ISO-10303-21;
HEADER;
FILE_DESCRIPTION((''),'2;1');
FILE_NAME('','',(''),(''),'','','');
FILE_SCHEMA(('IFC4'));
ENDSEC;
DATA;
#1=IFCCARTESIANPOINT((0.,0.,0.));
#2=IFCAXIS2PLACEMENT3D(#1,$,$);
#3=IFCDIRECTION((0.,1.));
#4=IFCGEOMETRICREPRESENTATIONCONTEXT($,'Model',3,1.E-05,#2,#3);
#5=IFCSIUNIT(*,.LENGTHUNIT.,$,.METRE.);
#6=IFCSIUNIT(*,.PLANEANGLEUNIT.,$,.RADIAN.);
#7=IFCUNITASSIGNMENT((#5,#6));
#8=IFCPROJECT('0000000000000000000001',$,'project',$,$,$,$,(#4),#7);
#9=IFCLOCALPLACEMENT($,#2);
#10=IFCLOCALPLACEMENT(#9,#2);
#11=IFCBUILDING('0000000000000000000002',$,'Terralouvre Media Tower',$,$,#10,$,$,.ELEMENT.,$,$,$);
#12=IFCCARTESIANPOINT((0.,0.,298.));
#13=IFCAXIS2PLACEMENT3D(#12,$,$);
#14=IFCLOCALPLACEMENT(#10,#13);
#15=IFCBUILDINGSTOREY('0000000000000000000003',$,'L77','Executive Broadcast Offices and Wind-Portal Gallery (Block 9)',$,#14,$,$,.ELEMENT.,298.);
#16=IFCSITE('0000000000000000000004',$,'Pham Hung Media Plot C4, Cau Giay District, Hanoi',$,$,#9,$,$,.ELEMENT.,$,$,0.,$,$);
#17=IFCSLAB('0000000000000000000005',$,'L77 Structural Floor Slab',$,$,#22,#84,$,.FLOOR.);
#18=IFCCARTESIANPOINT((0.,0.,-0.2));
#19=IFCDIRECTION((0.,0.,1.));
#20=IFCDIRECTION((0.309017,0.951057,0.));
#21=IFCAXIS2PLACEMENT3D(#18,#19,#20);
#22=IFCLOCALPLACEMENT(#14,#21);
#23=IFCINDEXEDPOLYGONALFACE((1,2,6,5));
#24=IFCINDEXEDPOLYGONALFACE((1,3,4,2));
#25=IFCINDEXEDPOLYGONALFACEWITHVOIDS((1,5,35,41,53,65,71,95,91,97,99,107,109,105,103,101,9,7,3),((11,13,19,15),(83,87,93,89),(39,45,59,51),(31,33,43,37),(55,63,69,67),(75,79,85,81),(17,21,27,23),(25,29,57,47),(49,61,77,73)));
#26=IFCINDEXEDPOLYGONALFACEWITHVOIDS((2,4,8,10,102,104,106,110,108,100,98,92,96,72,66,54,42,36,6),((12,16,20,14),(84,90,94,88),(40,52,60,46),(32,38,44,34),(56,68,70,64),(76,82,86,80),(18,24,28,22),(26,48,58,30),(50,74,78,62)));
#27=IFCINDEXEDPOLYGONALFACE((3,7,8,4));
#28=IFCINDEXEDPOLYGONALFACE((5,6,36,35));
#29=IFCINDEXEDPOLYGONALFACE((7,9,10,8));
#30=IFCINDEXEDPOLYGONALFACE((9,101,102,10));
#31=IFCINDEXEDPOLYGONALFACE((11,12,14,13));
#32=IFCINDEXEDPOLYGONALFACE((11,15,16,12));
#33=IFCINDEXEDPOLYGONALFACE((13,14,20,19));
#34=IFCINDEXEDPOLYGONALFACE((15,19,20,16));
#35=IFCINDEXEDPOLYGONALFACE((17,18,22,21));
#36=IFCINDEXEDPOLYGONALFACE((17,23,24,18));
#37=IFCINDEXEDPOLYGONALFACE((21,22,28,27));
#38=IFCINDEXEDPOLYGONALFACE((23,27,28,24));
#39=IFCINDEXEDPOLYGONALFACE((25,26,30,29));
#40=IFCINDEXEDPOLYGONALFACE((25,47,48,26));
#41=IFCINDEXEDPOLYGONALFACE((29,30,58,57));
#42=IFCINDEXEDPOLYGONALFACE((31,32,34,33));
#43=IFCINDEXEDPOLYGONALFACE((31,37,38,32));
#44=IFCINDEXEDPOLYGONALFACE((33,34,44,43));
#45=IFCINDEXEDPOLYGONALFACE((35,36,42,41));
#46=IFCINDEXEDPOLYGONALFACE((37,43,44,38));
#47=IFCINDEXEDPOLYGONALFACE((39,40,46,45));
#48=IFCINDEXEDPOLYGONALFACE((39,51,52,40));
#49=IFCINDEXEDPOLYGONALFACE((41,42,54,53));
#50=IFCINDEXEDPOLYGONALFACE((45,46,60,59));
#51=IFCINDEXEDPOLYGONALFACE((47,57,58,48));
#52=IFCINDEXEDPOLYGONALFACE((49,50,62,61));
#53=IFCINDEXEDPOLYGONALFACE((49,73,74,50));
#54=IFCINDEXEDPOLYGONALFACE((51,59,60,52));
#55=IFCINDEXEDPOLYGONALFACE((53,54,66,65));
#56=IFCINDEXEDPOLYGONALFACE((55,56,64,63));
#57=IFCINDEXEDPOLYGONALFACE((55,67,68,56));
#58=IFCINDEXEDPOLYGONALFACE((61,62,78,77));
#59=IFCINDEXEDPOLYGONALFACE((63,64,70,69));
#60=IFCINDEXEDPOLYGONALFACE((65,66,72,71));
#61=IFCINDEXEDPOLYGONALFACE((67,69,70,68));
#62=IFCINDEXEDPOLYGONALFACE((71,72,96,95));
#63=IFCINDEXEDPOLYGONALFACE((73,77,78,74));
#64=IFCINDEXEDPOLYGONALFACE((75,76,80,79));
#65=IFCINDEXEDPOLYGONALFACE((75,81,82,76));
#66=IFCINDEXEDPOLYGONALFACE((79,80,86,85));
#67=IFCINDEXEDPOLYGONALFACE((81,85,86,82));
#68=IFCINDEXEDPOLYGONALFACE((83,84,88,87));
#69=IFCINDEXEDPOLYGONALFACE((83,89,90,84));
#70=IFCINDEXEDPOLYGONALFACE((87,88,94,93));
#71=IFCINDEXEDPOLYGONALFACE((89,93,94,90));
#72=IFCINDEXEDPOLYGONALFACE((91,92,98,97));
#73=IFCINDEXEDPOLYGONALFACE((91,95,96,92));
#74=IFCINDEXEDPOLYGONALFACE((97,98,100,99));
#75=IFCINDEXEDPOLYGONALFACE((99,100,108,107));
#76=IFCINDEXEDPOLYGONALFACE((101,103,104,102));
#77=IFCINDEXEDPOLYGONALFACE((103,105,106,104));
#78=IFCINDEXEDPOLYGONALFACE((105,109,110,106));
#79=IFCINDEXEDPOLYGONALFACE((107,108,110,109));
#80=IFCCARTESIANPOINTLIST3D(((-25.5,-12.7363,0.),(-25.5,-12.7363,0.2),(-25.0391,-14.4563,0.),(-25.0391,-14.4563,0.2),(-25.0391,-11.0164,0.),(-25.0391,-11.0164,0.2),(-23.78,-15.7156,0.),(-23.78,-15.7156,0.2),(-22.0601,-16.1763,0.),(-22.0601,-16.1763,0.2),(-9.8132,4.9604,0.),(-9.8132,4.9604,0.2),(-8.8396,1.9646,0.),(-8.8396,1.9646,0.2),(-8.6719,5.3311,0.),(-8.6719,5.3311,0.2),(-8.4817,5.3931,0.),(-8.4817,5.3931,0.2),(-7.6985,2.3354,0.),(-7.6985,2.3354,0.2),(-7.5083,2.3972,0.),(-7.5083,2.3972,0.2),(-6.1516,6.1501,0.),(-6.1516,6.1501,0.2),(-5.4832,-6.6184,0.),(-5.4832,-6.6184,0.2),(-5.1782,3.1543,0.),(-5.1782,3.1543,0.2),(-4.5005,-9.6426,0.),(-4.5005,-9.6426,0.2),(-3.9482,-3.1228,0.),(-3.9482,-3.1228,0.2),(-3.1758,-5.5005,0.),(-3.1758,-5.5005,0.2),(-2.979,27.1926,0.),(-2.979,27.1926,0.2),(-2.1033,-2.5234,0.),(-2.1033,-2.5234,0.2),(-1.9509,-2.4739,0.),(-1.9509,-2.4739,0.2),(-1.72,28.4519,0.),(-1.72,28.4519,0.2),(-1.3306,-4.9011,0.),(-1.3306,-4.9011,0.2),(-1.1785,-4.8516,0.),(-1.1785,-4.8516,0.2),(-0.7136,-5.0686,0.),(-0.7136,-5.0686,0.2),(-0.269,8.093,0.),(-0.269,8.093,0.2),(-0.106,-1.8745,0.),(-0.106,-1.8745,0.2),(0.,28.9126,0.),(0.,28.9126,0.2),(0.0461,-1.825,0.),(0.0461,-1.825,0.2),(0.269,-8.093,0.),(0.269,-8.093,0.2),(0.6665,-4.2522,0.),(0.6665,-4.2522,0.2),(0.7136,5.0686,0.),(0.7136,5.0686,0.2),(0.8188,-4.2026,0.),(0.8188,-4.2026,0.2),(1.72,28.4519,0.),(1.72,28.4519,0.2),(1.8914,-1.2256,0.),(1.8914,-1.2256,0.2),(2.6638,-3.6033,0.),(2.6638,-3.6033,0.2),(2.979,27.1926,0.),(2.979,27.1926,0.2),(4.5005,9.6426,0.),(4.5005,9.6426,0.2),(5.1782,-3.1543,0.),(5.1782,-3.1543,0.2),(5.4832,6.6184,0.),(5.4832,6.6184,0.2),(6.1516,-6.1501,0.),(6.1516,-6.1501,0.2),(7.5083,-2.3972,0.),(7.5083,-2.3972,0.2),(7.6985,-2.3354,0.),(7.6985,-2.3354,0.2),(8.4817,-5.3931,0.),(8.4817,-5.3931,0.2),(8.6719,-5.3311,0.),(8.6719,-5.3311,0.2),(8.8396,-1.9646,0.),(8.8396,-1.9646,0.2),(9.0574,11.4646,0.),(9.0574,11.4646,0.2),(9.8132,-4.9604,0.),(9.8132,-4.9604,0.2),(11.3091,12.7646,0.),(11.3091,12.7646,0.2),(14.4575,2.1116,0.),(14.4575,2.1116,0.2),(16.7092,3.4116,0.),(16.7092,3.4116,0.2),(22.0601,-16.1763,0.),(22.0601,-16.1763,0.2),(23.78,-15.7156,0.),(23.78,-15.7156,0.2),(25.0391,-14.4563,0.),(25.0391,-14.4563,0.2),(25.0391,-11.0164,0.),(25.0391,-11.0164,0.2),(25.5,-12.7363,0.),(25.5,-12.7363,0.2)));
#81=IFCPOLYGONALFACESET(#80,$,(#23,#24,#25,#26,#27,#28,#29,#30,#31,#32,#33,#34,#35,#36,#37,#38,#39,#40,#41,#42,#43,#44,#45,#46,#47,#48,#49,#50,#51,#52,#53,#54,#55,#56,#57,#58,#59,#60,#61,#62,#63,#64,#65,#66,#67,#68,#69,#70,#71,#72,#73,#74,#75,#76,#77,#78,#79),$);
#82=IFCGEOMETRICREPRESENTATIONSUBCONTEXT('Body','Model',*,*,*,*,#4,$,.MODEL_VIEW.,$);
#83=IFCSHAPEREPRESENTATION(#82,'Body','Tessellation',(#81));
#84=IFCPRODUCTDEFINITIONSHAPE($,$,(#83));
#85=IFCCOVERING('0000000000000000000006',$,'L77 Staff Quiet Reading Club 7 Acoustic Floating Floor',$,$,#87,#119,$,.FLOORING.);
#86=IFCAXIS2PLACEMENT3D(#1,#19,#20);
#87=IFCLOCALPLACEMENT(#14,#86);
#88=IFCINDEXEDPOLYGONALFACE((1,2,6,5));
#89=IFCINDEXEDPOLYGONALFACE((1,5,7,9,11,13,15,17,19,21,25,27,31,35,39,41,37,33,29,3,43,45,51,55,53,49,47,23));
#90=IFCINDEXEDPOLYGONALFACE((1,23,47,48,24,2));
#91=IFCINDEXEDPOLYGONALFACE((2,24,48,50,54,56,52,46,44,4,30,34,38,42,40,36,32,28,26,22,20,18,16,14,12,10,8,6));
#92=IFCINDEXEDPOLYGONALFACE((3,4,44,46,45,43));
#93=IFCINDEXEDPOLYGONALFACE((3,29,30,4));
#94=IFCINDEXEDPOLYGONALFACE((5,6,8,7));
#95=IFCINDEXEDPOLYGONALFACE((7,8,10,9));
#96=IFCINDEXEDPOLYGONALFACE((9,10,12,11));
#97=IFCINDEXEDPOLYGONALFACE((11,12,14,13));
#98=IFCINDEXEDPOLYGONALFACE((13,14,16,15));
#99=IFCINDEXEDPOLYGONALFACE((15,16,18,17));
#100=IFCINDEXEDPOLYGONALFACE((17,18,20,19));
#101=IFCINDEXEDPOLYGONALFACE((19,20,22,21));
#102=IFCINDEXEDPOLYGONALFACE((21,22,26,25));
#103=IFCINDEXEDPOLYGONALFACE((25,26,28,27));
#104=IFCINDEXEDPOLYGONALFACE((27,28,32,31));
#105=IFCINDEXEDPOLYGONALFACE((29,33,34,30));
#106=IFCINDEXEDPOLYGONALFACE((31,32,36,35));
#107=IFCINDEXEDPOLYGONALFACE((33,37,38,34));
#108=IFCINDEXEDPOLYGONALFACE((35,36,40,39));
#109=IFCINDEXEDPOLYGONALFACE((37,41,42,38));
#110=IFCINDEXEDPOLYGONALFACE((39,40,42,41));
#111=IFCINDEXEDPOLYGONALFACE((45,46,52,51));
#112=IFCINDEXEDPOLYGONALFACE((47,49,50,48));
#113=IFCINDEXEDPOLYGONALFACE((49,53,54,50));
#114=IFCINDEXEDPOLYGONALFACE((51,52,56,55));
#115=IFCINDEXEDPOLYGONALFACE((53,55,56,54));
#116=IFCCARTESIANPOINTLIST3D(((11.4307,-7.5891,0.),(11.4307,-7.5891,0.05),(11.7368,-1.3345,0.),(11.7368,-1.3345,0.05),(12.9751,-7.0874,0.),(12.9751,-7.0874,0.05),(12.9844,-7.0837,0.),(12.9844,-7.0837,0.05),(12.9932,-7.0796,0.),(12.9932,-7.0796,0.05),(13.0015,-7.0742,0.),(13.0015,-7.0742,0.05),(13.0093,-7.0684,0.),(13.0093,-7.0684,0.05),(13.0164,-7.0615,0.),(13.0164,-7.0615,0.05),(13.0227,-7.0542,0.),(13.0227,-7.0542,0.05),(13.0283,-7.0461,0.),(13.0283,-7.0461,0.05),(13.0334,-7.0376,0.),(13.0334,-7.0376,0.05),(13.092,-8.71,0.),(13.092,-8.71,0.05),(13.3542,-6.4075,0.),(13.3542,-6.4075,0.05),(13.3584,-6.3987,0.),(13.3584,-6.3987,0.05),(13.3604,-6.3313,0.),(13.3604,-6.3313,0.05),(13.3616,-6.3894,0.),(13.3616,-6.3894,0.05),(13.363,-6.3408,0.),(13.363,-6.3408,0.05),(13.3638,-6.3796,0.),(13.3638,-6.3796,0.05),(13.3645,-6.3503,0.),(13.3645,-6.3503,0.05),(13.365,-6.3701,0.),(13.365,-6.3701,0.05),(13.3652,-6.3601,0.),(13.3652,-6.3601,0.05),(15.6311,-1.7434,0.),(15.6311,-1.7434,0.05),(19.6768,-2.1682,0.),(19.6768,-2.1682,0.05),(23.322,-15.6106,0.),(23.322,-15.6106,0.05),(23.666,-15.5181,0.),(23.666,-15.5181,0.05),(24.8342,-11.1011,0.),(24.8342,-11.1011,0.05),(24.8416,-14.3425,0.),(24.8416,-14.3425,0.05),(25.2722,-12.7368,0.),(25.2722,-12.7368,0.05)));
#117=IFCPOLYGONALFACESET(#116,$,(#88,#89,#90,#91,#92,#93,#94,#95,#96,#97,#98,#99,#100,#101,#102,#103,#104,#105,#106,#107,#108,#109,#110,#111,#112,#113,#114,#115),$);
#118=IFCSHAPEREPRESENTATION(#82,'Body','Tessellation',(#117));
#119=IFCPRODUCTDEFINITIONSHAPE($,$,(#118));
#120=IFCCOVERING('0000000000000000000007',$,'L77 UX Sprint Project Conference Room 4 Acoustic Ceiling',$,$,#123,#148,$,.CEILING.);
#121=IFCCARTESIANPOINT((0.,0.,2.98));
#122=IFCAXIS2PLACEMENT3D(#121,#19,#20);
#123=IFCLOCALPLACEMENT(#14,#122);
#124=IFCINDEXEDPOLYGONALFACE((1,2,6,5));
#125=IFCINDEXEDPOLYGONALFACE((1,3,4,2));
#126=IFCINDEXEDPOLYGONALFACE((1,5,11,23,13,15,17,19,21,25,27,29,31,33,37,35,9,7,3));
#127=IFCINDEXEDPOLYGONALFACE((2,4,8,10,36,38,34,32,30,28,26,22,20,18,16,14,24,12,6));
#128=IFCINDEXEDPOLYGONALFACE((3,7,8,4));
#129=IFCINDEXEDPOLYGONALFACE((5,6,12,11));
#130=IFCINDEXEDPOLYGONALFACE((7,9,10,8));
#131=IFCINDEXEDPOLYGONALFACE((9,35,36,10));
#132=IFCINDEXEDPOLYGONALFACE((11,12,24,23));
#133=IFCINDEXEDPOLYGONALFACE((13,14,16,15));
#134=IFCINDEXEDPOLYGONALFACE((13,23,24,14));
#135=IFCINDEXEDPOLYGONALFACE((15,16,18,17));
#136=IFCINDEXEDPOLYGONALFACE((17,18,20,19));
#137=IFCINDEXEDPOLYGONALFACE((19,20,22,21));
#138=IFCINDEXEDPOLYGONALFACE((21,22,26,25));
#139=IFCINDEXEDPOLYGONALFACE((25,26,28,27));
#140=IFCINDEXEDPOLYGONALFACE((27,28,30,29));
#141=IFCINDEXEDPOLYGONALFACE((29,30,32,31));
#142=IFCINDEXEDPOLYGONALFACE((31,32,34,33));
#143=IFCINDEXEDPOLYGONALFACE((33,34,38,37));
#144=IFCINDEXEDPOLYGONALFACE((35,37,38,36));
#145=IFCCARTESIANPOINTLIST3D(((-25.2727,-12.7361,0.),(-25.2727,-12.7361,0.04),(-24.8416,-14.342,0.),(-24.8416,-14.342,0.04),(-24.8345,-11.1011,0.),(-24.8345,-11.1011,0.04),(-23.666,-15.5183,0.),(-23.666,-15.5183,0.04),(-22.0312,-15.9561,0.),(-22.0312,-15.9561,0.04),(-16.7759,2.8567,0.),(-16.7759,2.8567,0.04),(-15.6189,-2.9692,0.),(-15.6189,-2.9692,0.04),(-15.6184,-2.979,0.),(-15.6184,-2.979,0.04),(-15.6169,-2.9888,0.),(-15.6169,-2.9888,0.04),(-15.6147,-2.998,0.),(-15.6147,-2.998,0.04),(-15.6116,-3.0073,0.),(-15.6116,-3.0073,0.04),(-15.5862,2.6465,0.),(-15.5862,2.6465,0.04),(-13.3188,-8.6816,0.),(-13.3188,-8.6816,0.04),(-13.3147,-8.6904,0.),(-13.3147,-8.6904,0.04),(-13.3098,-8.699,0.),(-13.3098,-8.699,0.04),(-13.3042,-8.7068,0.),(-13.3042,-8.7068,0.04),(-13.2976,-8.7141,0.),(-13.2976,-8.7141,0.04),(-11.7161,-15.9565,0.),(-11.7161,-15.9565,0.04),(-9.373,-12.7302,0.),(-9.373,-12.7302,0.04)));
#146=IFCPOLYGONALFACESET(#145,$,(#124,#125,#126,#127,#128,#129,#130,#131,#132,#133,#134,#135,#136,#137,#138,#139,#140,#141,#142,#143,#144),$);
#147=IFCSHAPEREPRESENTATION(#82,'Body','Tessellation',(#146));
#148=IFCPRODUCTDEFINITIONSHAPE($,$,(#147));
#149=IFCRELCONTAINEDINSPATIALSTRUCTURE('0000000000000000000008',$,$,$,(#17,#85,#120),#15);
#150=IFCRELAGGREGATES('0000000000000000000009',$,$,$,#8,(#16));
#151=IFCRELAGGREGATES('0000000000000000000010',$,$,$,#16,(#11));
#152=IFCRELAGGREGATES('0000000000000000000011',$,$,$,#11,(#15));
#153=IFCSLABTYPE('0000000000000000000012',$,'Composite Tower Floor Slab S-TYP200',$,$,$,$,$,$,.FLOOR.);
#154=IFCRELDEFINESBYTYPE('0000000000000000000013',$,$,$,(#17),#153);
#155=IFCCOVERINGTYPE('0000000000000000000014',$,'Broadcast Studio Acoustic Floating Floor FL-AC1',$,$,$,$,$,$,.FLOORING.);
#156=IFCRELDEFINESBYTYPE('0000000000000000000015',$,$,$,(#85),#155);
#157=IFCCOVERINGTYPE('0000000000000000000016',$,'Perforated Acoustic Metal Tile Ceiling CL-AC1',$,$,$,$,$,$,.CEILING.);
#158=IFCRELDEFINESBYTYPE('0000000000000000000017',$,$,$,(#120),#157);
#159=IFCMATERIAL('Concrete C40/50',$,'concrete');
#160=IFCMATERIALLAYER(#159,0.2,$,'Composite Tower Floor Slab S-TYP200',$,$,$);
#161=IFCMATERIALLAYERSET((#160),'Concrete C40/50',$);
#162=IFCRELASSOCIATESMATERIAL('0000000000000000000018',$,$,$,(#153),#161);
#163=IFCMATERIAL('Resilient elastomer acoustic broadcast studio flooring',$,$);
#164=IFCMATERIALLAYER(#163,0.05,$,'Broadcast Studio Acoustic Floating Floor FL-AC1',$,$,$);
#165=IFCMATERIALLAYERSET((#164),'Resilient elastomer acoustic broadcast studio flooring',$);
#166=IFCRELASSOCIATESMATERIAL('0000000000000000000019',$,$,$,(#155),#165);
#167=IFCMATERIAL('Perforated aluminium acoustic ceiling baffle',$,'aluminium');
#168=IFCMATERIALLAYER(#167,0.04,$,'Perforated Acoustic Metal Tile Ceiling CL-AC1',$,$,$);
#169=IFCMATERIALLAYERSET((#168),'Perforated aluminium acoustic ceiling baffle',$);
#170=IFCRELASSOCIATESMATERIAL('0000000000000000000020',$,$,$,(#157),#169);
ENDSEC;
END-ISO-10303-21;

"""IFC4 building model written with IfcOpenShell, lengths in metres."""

from ifc_helpers import new_model, si_unit, direction, frame, origin, place, context, subcontext, project, spatial, polyline, outline, extrude, material, layer, layer_set, type_object, element, save


model = new_model("IFC4")

# Units and contexts
model_context = context("Model", 3, precision=1e-05, world=origin(), true_north=direction((0.0, 1.0)))
body_context = subcontext(model_context, "Body", "Model", "MODEL_VIEW")
ifc_project = project(units=[si_unit("LENGTHUNIT", "METRE"), si_unit("PLANEANGLEUNIT", "RADIAN")], contexts=[model_context])

# Site, building, storey
site_placement = place(None, origin())
site = spatial("IfcSite", under=ifc_project, at=site_placement, Name="Pham Hung Media Plot C4, Cau Giay District, Hanoi", CompositionType="ELEMENT", RefElevation=0.0)
building_placement = place(site_placement, origin())
building = spatial("IfcBuilding", under=site, at=building_placement, Name="Terralouvre Media Tower", CompositionType="ELEMENT")
storey_placement = place(building_placement, frame((0.0, 0.0, 298.0)))
storey = spatial("IfcBuildingStorey", under=building, at=storey_placement, Name="L77", Description="Executive Broadcast Offices and Wind-Portal Gallery (Block 9)", CompositionType="ELEMENT", Elevation=298.0)

# Slab
ifc_material_1 = material(Name="Concrete C40/50", Category="concrete")
ifc_layer_1 = layer(ifc_material_1, 0.2, Name="Composite Tower Floor Slab S-TYP200")
ifc_layer_set_1 = layer_set([ifc_layer_1], Name="Concrete C40/50")
slab_type_1 = type_object("IfcSlabType", Name="Composite Tower Floor Slab S-TYP200", PredefinedType="FLOOR", material=ifc_layer_set_1)
slab_1_placement = place(storey_placement, frame((0.0, 0.0, -0.2), z_axis=(0.0, 0.0, 1.0), x_axis=(0.309017, 0.951057, 0.0)))
element("IfcSlab", 1, at=slab_1_placement, inside=storey, type_object=slab_type_1, Name="L77 Structural Floor Slab", PredefinedType="FLOOR", context=body_context, shape_type="SweptSolid", body=[
    extrude(outline(polyline([(25.0391, -11.0164), (16.7092, 3.4116), (14.4575, 2.1116), (9.0574, 11.4646), (11.3091, 12.7646), (2.979, 27.1926), (1.72, 28.4519), (0.0, 28.9126), (-1.72, 28.4519), (-2.979, 27.1926), (-25.0391, -11.0164), (-25.5, -12.7363), (-25.0391, -14.4563), (-23.78, -15.7156), (-22.0601, -16.1763), (22.0601, -16.1763), (23.78, -15.7156), (25.0391, -14.4563), (25.5, -12.7363), (25.0391, -11.0164)]), holes=[polyline([(-7.6985, 2.3354), (-8.8396, 1.9646), (-9.8132, 4.9604), (-8.6719, 5.3311), (-7.6985, 2.3354)]), polyline([(-5.1782, 3.1543), (-7.5083, 2.3972), (-8.4817, 5.3931), (-6.1516, 6.1501), (-5.1782, 3.1543)]), polyline([(-5.4832, -6.6184), (-0.7136, -5.0686), (0.269, -8.093), (-4.5005, -9.6426), (-5.4832, -6.6184)]), polyline([(-1.3306, -4.9011), (-3.1758, -5.5005), (-3.9482, -3.1228), (-2.1033, -2.5234), (-1.3306, -4.9011)]), polyline([(0.6665, -4.2522), (-1.1785, -4.8516), (-1.9509, -2.4739), (-0.106, -1.8745), (0.6665, -4.2522)]), polyline([(2.6638, -3.6033), (0.8188, -4.2026), (0.0461, -1.825), (1.8914, -1.2256), (2.6638, -3.6033)]), polyline([(5.4832, 6.6184), (0.7136, 5.0686), (-0.269, 8.093), (4.5005, 9.6426), (5.4832, 6.6184)]), polyline([(6.1516, -6.1501), (5.1782, -3.1543), (7.5083, -2.3972), (8.4817, -5.3931), (6.1516, -6.1501)]), polyline([(8.6719, -5.3311), (7.6985, -2.3354), (8.8396, -1.9646), (9.8132, -4.9604), (8.6719, -5.3311)])]), origin(), (0.0, 0.0, 1.0), 0.2),
])

# Coverings
ifc_material_2 = material(Name="Resilient elastomer acoustic broadcast studio flooring")
ifc_layer_2 = layer(ifc_material_2, 0.05, Name="Broadcast Studio Acoustic Floating Floor FL-AC1")
ifc_layer_set_2 = layer_set([ifc_layer_2], Name="Resilient elastomer acoustic broadcast studio flooring")
covering_type_1 = type_object("IfcCoveringType", Name="Broadcast Studio Acoustic Floating Floor FL-AC1", PredefinedType="FLOORING", material=ifc_layer_set_2)
covering_1_placement = place(storey_placement, frame((0.0, 0.0, 0.0), z_axis=(0.0, 0.0, 1.0), x_axis=(0.309017, 0.951057, 0.0)))
element("IfcCovering", 2, at=covering_1_placement, inside=storey, type_object=covering_type_1, Name="L77 Staff Quiet Reading Club 7 Acoustic Floating Floor", PredefinedType="FLOORING", context=body_context, shape_type="SweptSolid", body=[
    extrude(outline(polyline([(19.6768, -2.1682), (15.6311, -1.7434), (11.7368, -1.3345), (13.3604, -6.3313), (13.363, -6.3408), (13.3645, -6.3503), (13.3652, -6.3601), (13.365, -6.3701), (13.3638, -6.3796), (13.3616, -6.3894), (13.3584, -6.3987), (13.3542, -6.4075), (13.0334, -7.0376), (13.0283, -7.0461), (13.0227, -7.0542), (13.0164, -7.0615), (13.0093, -7.0684), (13.0015, -7.0742), (12.9932, -7.0796), (12.9844, -7.0837), (12.9751, -7.0874), (11.4307, -7.5891), (13.092, -8.71), (23.322, -15.6106), (23.666, -15.5181), (24.8416, -14.3425), (25.2722, -12.7368), (24.8342, -11.1011), (19.6768, -2.1682)])), origin(), (0.0, 0.0, 1.0), 0.05),
])
ifc_material_3 = material(Name="Perforated aluminium acoustic ceiling baffle", Category="aluminium")
ifc_layer_3 = layer(ifc_material_3, 0.04, Name="Perforated Acoustic Metal Tile Ceiling CL-AC1")
ifc_layer_set_3 = layer_set([ifc_layer_3], Name="Perforated aluminium acoustic ceiling baffle")
covering_type_2 = type_object("IfcCoveringType", Name="Perforated Acoustic Metal Tile Ceiling CL-AC1", PredefinedType="CEILING", material=ifc_layer_set_3)
covering_2_placement = place(storey_placement, frame((0.0, 0.0, 2.98), z_axis=(0.0, 0.0, 1.0), x_axis=(0.309017, 0.951057, 0.0)))
element("IfcCovering", 3, at=covering_2_placement, inside=storey, type_object=covering_type_2, Name="L77 UX Sprint Project Conference Room 4 Acoustic Ceiling", PredefinedType="CEILING", context=body_context, shape_type="SweptSolid", body=[
    extrude(outline(polyline([(-13.2976, -8.7141), (-13.3042, -8.7068), (-13.3098, -8.699), (-13.3147, -8.6904), (-13.3188, -8.6816), (-15.6116, -3.0073), (-15.6147, -2.998), (-15.6169, -2.9888), (-15.6184, -2.979), (-15.6189, -2.9692), (-15.5862, 2.6465), (-16.7759, 2.8567), (-24.8345, -11.1011), (-25.2727, -12.7361), (-24.8416, -14.342), (-23.666, -15.5183), (-22.0312, -15.9561), (-11.7161, -15.9565), (-9.373, -12.7302), (-13.2976, -8.7141)])), origin(), (0.0, 0.0, 1.0), 0.04),
])

save(model, "model.ifc")
